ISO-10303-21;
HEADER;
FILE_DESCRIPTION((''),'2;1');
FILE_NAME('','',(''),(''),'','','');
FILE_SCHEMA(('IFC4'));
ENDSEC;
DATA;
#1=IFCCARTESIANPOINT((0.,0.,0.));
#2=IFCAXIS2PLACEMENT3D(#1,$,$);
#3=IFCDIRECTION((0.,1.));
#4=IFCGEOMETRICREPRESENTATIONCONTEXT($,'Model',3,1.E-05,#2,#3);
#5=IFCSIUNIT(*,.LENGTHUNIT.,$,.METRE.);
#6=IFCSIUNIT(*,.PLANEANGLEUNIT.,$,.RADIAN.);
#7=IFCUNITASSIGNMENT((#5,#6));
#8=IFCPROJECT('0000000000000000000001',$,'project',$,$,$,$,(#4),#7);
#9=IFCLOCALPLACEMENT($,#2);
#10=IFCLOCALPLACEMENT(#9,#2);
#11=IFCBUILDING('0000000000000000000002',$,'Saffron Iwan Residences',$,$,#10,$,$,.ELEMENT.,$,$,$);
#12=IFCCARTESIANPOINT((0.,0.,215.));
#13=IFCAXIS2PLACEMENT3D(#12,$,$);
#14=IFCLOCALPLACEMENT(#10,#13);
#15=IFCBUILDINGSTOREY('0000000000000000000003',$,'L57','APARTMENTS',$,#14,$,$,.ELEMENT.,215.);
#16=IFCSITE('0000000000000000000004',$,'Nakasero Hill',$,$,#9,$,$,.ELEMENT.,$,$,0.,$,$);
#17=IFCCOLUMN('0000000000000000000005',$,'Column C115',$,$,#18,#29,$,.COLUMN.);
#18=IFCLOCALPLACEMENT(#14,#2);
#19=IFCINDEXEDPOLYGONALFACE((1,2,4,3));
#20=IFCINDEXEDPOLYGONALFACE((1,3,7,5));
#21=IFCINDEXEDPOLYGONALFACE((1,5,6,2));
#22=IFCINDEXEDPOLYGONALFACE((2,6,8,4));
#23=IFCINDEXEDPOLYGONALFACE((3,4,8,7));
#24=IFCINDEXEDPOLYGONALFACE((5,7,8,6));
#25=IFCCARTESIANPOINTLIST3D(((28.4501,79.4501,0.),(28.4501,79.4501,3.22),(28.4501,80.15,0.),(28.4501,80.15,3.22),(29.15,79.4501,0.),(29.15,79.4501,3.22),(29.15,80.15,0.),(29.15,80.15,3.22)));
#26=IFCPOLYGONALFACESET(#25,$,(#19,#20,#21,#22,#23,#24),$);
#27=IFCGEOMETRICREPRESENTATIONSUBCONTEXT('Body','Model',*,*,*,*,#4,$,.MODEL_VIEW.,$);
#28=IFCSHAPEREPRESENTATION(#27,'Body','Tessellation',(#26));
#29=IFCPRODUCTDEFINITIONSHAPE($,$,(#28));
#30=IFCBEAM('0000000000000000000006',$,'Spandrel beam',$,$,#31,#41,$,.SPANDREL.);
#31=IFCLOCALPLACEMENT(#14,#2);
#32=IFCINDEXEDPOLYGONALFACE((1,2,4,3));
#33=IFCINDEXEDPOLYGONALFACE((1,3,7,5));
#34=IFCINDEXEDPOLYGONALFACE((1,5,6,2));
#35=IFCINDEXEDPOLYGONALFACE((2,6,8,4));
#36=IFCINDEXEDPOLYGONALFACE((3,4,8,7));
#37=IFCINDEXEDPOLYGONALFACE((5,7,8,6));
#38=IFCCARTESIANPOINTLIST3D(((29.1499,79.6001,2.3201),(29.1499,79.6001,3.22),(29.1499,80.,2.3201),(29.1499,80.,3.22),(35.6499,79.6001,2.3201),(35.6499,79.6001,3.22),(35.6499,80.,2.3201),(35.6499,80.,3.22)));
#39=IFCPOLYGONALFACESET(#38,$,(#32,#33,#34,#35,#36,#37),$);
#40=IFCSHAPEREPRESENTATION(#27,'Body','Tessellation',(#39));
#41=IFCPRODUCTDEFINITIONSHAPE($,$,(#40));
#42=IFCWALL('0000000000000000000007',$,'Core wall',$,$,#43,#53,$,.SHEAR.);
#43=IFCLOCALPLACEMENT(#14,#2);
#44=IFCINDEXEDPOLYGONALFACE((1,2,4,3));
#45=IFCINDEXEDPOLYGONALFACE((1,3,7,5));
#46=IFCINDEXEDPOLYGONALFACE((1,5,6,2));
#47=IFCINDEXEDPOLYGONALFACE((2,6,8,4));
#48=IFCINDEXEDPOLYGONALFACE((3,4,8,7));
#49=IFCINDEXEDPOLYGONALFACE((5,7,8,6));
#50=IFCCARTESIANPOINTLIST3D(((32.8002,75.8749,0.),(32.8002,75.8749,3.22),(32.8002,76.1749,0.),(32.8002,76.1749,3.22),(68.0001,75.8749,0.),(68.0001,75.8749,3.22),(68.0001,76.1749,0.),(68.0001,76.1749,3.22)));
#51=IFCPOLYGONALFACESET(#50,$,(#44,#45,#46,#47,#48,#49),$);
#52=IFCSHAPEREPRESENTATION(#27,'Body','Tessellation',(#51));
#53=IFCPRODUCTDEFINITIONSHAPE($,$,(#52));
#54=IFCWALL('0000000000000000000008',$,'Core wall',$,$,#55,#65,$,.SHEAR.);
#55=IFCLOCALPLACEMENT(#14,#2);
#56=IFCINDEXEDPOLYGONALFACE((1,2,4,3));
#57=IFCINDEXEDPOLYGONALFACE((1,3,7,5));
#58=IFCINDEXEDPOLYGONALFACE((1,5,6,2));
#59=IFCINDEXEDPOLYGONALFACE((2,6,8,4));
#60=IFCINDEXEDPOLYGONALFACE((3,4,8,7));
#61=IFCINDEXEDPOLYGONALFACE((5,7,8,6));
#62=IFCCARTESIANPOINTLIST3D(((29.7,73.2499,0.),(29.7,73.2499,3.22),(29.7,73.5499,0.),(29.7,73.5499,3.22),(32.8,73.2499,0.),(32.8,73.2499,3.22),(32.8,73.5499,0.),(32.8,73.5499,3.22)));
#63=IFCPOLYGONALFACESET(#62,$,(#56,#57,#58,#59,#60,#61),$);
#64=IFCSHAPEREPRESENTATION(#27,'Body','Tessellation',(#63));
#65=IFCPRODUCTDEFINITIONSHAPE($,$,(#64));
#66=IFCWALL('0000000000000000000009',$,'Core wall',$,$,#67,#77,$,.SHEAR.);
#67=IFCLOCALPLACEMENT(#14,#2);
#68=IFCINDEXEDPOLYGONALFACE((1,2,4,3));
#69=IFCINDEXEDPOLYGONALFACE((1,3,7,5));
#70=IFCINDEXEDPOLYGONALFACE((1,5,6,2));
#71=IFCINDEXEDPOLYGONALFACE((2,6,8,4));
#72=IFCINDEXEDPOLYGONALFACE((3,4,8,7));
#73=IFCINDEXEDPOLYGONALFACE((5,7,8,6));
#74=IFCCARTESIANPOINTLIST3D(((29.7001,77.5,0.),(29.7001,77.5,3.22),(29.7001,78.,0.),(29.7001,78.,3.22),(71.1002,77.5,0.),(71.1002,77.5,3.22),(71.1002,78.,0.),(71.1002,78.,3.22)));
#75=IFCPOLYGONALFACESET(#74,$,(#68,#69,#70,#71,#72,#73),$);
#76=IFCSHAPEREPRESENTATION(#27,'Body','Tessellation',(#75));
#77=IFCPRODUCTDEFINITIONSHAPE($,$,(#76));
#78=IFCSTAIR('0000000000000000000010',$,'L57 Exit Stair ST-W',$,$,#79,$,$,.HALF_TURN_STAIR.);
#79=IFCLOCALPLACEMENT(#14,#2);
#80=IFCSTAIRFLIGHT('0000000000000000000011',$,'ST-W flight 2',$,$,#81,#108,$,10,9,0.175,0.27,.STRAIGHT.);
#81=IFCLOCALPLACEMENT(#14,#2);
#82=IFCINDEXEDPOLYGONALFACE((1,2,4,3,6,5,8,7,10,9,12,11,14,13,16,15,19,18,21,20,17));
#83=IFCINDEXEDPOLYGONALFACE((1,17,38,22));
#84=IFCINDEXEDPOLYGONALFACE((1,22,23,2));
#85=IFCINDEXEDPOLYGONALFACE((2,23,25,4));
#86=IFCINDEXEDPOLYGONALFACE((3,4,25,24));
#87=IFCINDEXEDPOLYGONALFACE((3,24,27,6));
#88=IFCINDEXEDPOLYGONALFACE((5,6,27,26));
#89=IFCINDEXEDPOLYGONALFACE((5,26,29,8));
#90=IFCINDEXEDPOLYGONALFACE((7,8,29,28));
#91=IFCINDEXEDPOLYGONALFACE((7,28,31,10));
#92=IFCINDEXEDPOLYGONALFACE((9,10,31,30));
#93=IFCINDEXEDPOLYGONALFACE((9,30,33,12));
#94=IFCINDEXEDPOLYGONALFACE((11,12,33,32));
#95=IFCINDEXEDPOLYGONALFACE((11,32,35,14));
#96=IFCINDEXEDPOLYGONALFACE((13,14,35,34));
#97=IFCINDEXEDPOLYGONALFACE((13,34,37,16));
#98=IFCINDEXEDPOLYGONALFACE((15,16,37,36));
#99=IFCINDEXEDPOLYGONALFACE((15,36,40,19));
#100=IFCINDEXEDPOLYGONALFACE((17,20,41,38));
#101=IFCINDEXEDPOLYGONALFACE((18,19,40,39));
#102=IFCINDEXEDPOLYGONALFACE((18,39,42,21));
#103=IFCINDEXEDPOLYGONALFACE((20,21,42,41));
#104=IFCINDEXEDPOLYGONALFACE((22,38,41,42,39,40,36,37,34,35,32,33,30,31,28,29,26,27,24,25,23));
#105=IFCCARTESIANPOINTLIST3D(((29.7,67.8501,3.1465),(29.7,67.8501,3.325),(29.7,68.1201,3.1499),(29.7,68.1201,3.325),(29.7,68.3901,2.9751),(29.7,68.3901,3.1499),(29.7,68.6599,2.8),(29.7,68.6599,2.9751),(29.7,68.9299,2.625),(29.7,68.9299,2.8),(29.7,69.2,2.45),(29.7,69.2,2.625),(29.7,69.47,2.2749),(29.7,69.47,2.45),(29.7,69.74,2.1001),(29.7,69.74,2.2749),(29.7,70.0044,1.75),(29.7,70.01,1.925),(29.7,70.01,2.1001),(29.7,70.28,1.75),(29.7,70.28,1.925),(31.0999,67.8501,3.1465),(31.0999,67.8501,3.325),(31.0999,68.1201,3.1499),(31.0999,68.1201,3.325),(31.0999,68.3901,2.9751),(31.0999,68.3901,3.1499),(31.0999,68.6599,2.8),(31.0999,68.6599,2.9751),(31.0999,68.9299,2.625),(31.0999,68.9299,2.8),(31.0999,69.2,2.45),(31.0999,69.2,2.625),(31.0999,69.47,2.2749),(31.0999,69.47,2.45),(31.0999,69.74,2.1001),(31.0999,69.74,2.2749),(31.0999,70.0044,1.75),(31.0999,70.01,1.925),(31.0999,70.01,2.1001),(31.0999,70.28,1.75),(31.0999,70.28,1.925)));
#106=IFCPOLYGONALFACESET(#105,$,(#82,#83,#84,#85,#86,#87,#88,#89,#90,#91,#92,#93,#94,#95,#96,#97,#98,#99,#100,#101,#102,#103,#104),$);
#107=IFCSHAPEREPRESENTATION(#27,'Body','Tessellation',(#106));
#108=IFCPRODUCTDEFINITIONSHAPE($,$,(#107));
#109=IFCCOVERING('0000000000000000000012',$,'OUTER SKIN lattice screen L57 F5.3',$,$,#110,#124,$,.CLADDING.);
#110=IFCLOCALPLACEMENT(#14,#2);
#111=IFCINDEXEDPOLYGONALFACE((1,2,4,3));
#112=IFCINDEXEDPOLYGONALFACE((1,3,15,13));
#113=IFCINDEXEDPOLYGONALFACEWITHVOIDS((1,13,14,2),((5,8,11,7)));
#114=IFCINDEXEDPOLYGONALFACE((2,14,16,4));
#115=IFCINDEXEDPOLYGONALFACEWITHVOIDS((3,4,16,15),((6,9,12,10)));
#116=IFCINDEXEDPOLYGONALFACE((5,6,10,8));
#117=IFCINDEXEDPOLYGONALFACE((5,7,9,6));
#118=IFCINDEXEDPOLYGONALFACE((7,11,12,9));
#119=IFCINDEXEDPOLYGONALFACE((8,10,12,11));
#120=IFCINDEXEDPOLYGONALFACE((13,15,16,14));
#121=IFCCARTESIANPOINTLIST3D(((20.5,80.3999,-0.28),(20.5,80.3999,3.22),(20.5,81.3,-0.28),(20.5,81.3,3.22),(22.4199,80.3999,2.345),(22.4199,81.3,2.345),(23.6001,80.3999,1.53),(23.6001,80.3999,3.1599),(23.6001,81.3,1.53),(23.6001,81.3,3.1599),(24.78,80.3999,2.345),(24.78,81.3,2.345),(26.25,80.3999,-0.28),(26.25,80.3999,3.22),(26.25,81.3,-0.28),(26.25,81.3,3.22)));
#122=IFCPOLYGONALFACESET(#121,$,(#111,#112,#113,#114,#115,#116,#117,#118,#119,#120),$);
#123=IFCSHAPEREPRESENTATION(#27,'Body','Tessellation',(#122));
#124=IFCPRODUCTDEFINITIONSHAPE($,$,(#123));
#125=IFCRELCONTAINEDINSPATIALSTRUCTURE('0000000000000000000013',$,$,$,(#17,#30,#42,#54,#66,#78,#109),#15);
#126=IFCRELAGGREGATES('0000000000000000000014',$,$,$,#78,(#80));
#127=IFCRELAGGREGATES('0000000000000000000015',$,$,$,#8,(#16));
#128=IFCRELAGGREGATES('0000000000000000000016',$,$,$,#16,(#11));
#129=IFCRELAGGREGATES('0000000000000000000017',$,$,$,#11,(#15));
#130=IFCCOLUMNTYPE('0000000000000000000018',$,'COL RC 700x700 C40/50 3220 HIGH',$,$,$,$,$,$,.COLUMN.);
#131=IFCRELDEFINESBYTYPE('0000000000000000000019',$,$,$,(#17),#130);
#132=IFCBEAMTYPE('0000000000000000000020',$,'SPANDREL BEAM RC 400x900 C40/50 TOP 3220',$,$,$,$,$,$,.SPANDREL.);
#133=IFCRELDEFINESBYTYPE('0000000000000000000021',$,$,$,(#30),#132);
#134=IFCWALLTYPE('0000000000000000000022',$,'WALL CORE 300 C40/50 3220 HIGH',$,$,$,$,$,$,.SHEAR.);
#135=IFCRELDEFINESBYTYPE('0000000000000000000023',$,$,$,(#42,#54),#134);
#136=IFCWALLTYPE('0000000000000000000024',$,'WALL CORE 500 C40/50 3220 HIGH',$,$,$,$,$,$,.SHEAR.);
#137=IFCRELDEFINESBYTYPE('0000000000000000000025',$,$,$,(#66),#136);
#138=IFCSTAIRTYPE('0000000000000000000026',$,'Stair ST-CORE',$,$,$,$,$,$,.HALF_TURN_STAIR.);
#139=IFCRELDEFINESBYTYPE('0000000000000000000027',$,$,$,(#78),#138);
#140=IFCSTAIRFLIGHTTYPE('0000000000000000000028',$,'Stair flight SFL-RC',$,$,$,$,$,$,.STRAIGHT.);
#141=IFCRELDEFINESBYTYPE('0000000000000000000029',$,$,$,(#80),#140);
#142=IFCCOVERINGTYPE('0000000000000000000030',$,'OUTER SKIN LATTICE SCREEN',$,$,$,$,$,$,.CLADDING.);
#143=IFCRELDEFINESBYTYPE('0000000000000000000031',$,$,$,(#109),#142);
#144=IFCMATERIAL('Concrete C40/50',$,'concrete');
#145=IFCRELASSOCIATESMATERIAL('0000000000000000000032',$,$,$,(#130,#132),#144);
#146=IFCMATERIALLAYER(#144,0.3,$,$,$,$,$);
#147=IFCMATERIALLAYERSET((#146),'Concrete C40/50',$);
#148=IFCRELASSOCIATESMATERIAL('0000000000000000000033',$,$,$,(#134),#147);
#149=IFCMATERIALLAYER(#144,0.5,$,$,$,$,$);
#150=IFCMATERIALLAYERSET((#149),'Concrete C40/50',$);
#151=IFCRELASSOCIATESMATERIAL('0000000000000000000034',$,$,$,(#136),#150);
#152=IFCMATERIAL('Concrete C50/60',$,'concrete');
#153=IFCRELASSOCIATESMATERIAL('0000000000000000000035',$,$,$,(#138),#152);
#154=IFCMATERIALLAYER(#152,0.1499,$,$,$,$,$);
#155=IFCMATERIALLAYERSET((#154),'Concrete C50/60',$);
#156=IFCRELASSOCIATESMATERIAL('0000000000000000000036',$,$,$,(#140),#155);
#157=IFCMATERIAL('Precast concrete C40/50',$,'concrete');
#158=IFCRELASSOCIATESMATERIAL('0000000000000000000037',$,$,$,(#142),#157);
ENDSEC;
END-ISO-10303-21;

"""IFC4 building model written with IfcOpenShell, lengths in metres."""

from ifc_helpers import new_model, si_unit, direction, frame, frame_2d, origin, origin_2d, place, context, subcontext, project, spatial, polyline, rectangle, outline, extrude, source, transform, mapped, material, layer, layer_set, material_profile, profile_set, type_object, element, aggregate, save


model = new_model("IFC4")

# Units and contexts
model_context = context("Model", 3, precision=1e-05, world=origin(), true_north=direction((0.0, 1.0)))
body_context = subcontext(model_context, "Body", "Model", "MODEL_VIEW")
ifc_project = project(units=[si_unit("LENGTHUNIT", "METRE"), si_unit("PLANEANGLEUNIT", "RADIAN")], contexts=[model_context])

# Site, building, storey
site_placement = place(None, origin())
site = spatial("IfcSite", under=ifc_project, at=site_placement, Name="Nakasero Hill", CompositionType="ELEMENT", RefElevation=0.0)
building_placement = place(site_placement, origin())
building = spatial("IfcBuilding", under=site, at=building_placement, Name="Saffron Iwan Residences", CompositionType="ELEMENT")
storey_placement = place(building_placement, frame((0.0, 0.0, 215.0)))
storey = spatial("IfcBuildingStorey", under=building, at=storey_placement, Name="L57", Description="APARTMENTS", CompositionType="ELEMENT", Elevation=215.0)

# Column
ifc_material_1 = material(Name="Concrete C40/50", Category="concrete")
ifc_material_profile_1 = material_profile(ifc_material_1, rectangle(XDim=0.7, YDim=0.7, at=origin_2d()), Name="RC 700x700")
ifc_profile_set_1 = profile_set([ifc_material_profile_1], Name="Concrete C40/50")
column_type = type_object("IfcColumnType", Name="COL RC 700x700 C40/50 3220 HIGH", PredefinedType="COLUMN", material=ifc_profile_set_1)
shared_shape_1 = source(origin(), body_context, "Body", "SweptSolid", [
    extrude(rectangle(XDim=0.7, YDim=0.7, at=origin_2d()), origin(), (0.0, 0.0, 1.0), 3.22),
])
column_placement = place(storey_placement, frame((28.8, 79.8, 0.0), z_axis=(0.0, 0.0, 1.0), x_axis=(1.0, 0.0, 0.0)))
element("IfcColumn", 1, at=column_placement, inside=storey, type_object=column_type, Name="Column C115", PredefinedType="COLUMN", context=body_context, shape_type="MappedRepresentation", body=[
    mapped(shared_shape_1, transform((0.0, 0.0, 0.0))),
])

# Beam
ifc_material_profile_2 = material_profile(ifc_material_1, rectangle(XDim=0.3999, YDim=0.8999, at=origin_2d()), Name="RC 400x900")
ifc_profile_set_2 = profile_set([ifc_material_profile_2], Name="Concrete C40/50")
beam_type = type_object("IfcBeamType", Name="SPANDREL BEAM RC 400x900 C40/50 TOP 3220", PredefinedType="SPANDREL", material=ifc_profile_set_2)
shared_shape_2 = source(origin(), body_context, "Body", "SweptSolid", [
    extrude(rectangle(XDim=0.3999, YDim=0.8999, at=origin_2d()), origin(), (0.0, 0.0, 1.0), 6.5),
])
beam_placement = place(storey_placement, frame((29.1499, 79.8, 2.77), z_axis=(1.0, 0.0, 0.0), x_axis=(0.0, 1.0, 0.0)))
element("IfcBeam", 2, at=beam_placement, inside=storey, type_object=beam_type, Name="Spandrel beam", PredefinedType="SPANDREL", context=body_context, shape_type="MappedRepresentation", body=[
    mapped(shared_shape_2, transform((0.0, 0.0, 0.0))),
])

# Shared definitions
ifc_layer_1 = layer(ifc_material_1, 0.3)
ifc_layer_set_1 = layer_set([ifc_layer_1], Name="Concrete C40/50")
wall_type_1 = type_object("IfcWallType", Name="WALL CORE 300 C40/50 3220 HIGH", PredefinedType="SHEAR", material=ifc_layer_set_1)

# Walls
wall_1_placement = place(storey_placement, frame((32.8, 76.0249, 0.0), z_axis=(0.0, 0.0, 1.0), x_axis=(1.0, 0.0, 0.0)))
element("IfcWall", 3, at=wall_1_placement, inside=storey, type_object=wall_type_1, Name="Core wall", PredefinedType="SHEAR", context=body_context, shape_type="SweptSolid", body=[
    extrude(rectangle(XDim=35.2, YDim=0.3, at=frame_2d((17.6001, 0.0))), origin(), (0.0, 0.0, 1.0), 3.22),
])
wall_2_placement = place(storey_placement, frame((29.7, 73.3999, 0.0), z_axis=(0.0, 0.0, 1.0), x_axis=(1.0, 0.0, 0.0)))
element("IfcWall", 4, at=wall_2_placement, inside=storey, type_object=wall_type_1, Name="Core wall", PredefinedType="SHEAR", context=body_context, shape_type="SweptSolid", body=[
    extrude(rectangle(XDim=3.1001, YDim=0.3, at=frame_2d((1.55, 0.0))), origin(), (0.0, 0.0, 1.0), 3.22),
])
ifc_layer_2 = layer(ifc_material_1, 0.5)
ifc_layer_set_2 = layer_set([ifc_layer_2], Name="Concrete C40/50")
wall_type_2 = type_object("IfcWallType", Name="WALL CORE 500 C40/50 3220 HIGH", PredefinedType="SHEAR", material=ifc_layer_set_2)
wall_3_placement = place(storey_placement, frame((29.7, 77.75, 0.0), z_axis=(0.0, 0.0, 1.0), x_axis=(1.0, 0.0, 0.0)))
element("IfcWall", 5, at=wall_3_placement, inside=storey, type_object=wall_type_2, Name="Core wall", PredefinedType="SHEAR", context=body_context, shape_type="SweptSolid", body=[
    extrude(rectangle(XDim=41.4001, YDim=0.5, at=frame_2d((20.7002, 0.0))), origin(), (0.0, 0.0, 1.0), 3.22),
])

# Stair, stair flight
ifc_material_2 = material(Name="Concrete C50/60", Category="concrete")
stair_type = type_object("IfcStairType", Name="Stair ST-CORE", PredefinedType="HALF_TURN_STAIR", material=ifc_material_2)
stair_placement = place(storey_placement, origin())
stair = element("IfcStair", 6, at=stair_placement, inside=storey, type_object=stair_type, Name="L57 Exit Stair ST-W", PredefinedType="HALF_TURN_STAIR")
ifc_layer_3 = layer(ifc_material_2, 0.1499)
ifc_layer_set_3 = layer_set([ifc_layer_3], Name="Concrete C50/60")
stair_flight_type = type_object("IfcStairFlightType", Name="Stair flight SFL-RC", PredefinedType="STRAIGHT", material=ifc_layer_set_3)
stair_flight_placement = place(storey_placement, frame((30.3999, 70.28, 1.75), z_axis=(0.0, 0.0, 1.0), x_axis=(0.0, -1.0, 0.0)))
stair_flight = element("IfcStairFlight", 7, at=stair_flight_placement, type_object=stair_flight_type, Name="ST-W flight 2", NumberOfRisers=10, NumberOfTreads=9, PredefinedType="STRAIGHT", RiserHeight=0.175, TreadLength=0.27, context=body_context, shape_type="SweptSolid", body=[
    extrude(outline(polyline([(0.0, 0.0), (0.0, 0.175), (0.27, 0.175), (0.27, 0.3501), (0.54, 0.3501), (0.54, 0.5249), (0.8101, 0.5249), (0.8101, 0.7), (1.0801, 0.7), (1.0801, 0.875), (1.3501, 0.875), (1.3501, 1.05), (1.6201, 1.05), (1.6201, 1.2251), (1.8899, 1.2251), (1.8899, 1.3999), (2.1599, 1.3999), (2.1599, 1.575), (2.4299, 1.575), (2.4299, 1.75), (2.4299, 1.3965), (0.2756, 0.0), (0.0, 0.0)])), frame((0.0, 0.7, 0.0), z_axis=(0.0, -1.0, 0.0), x_axis=(1.0, 0.0, 0.0)), (0.0, 0.0, 1.0), 1.3999),
])
aggregate(stair, [stair_flight])

# Covering
ifc_material_3 = material(Name="Precast concrete C40/50", Category="concrete")
covering_type_1 = type_object("IfcCoveringType", Name="OUTER SKIN LATTICE SCREEN", PredefinedType="CLADDING", material=ifc_material_3)
covering_1_placement = place(storey_placement, frame((26.25, 80.3999, -0.28), z_axis=(0.0, 1.0, 0.0), x_axis=(-1.0, 0.0, 0.0)))
element("IfcCovering", 8, at=covering_1_placement, inside=storey, type_object=covering_type_1, Name="OUTER SKIN lattice screen L57 F5.3", PredefinedType="CLADDING", context=body_context, shape_type="SweptSolid", body=[
    extrude(outline(polyline([(0.0, 0.0), (5.75, 0.0), (5.75, 3.5), (0.0, 3.5), (0.0, 0.0)]), holes=[polyline([(1.47, 2.625), (2.6499, 1.8101), (3.8301, 2.625), (2.6499, 3.4399), (1.47, 2.625)])]), origin(), (0.0, 0.0, 1.0), 0.9001),
])

save(model, "model.ifc")
